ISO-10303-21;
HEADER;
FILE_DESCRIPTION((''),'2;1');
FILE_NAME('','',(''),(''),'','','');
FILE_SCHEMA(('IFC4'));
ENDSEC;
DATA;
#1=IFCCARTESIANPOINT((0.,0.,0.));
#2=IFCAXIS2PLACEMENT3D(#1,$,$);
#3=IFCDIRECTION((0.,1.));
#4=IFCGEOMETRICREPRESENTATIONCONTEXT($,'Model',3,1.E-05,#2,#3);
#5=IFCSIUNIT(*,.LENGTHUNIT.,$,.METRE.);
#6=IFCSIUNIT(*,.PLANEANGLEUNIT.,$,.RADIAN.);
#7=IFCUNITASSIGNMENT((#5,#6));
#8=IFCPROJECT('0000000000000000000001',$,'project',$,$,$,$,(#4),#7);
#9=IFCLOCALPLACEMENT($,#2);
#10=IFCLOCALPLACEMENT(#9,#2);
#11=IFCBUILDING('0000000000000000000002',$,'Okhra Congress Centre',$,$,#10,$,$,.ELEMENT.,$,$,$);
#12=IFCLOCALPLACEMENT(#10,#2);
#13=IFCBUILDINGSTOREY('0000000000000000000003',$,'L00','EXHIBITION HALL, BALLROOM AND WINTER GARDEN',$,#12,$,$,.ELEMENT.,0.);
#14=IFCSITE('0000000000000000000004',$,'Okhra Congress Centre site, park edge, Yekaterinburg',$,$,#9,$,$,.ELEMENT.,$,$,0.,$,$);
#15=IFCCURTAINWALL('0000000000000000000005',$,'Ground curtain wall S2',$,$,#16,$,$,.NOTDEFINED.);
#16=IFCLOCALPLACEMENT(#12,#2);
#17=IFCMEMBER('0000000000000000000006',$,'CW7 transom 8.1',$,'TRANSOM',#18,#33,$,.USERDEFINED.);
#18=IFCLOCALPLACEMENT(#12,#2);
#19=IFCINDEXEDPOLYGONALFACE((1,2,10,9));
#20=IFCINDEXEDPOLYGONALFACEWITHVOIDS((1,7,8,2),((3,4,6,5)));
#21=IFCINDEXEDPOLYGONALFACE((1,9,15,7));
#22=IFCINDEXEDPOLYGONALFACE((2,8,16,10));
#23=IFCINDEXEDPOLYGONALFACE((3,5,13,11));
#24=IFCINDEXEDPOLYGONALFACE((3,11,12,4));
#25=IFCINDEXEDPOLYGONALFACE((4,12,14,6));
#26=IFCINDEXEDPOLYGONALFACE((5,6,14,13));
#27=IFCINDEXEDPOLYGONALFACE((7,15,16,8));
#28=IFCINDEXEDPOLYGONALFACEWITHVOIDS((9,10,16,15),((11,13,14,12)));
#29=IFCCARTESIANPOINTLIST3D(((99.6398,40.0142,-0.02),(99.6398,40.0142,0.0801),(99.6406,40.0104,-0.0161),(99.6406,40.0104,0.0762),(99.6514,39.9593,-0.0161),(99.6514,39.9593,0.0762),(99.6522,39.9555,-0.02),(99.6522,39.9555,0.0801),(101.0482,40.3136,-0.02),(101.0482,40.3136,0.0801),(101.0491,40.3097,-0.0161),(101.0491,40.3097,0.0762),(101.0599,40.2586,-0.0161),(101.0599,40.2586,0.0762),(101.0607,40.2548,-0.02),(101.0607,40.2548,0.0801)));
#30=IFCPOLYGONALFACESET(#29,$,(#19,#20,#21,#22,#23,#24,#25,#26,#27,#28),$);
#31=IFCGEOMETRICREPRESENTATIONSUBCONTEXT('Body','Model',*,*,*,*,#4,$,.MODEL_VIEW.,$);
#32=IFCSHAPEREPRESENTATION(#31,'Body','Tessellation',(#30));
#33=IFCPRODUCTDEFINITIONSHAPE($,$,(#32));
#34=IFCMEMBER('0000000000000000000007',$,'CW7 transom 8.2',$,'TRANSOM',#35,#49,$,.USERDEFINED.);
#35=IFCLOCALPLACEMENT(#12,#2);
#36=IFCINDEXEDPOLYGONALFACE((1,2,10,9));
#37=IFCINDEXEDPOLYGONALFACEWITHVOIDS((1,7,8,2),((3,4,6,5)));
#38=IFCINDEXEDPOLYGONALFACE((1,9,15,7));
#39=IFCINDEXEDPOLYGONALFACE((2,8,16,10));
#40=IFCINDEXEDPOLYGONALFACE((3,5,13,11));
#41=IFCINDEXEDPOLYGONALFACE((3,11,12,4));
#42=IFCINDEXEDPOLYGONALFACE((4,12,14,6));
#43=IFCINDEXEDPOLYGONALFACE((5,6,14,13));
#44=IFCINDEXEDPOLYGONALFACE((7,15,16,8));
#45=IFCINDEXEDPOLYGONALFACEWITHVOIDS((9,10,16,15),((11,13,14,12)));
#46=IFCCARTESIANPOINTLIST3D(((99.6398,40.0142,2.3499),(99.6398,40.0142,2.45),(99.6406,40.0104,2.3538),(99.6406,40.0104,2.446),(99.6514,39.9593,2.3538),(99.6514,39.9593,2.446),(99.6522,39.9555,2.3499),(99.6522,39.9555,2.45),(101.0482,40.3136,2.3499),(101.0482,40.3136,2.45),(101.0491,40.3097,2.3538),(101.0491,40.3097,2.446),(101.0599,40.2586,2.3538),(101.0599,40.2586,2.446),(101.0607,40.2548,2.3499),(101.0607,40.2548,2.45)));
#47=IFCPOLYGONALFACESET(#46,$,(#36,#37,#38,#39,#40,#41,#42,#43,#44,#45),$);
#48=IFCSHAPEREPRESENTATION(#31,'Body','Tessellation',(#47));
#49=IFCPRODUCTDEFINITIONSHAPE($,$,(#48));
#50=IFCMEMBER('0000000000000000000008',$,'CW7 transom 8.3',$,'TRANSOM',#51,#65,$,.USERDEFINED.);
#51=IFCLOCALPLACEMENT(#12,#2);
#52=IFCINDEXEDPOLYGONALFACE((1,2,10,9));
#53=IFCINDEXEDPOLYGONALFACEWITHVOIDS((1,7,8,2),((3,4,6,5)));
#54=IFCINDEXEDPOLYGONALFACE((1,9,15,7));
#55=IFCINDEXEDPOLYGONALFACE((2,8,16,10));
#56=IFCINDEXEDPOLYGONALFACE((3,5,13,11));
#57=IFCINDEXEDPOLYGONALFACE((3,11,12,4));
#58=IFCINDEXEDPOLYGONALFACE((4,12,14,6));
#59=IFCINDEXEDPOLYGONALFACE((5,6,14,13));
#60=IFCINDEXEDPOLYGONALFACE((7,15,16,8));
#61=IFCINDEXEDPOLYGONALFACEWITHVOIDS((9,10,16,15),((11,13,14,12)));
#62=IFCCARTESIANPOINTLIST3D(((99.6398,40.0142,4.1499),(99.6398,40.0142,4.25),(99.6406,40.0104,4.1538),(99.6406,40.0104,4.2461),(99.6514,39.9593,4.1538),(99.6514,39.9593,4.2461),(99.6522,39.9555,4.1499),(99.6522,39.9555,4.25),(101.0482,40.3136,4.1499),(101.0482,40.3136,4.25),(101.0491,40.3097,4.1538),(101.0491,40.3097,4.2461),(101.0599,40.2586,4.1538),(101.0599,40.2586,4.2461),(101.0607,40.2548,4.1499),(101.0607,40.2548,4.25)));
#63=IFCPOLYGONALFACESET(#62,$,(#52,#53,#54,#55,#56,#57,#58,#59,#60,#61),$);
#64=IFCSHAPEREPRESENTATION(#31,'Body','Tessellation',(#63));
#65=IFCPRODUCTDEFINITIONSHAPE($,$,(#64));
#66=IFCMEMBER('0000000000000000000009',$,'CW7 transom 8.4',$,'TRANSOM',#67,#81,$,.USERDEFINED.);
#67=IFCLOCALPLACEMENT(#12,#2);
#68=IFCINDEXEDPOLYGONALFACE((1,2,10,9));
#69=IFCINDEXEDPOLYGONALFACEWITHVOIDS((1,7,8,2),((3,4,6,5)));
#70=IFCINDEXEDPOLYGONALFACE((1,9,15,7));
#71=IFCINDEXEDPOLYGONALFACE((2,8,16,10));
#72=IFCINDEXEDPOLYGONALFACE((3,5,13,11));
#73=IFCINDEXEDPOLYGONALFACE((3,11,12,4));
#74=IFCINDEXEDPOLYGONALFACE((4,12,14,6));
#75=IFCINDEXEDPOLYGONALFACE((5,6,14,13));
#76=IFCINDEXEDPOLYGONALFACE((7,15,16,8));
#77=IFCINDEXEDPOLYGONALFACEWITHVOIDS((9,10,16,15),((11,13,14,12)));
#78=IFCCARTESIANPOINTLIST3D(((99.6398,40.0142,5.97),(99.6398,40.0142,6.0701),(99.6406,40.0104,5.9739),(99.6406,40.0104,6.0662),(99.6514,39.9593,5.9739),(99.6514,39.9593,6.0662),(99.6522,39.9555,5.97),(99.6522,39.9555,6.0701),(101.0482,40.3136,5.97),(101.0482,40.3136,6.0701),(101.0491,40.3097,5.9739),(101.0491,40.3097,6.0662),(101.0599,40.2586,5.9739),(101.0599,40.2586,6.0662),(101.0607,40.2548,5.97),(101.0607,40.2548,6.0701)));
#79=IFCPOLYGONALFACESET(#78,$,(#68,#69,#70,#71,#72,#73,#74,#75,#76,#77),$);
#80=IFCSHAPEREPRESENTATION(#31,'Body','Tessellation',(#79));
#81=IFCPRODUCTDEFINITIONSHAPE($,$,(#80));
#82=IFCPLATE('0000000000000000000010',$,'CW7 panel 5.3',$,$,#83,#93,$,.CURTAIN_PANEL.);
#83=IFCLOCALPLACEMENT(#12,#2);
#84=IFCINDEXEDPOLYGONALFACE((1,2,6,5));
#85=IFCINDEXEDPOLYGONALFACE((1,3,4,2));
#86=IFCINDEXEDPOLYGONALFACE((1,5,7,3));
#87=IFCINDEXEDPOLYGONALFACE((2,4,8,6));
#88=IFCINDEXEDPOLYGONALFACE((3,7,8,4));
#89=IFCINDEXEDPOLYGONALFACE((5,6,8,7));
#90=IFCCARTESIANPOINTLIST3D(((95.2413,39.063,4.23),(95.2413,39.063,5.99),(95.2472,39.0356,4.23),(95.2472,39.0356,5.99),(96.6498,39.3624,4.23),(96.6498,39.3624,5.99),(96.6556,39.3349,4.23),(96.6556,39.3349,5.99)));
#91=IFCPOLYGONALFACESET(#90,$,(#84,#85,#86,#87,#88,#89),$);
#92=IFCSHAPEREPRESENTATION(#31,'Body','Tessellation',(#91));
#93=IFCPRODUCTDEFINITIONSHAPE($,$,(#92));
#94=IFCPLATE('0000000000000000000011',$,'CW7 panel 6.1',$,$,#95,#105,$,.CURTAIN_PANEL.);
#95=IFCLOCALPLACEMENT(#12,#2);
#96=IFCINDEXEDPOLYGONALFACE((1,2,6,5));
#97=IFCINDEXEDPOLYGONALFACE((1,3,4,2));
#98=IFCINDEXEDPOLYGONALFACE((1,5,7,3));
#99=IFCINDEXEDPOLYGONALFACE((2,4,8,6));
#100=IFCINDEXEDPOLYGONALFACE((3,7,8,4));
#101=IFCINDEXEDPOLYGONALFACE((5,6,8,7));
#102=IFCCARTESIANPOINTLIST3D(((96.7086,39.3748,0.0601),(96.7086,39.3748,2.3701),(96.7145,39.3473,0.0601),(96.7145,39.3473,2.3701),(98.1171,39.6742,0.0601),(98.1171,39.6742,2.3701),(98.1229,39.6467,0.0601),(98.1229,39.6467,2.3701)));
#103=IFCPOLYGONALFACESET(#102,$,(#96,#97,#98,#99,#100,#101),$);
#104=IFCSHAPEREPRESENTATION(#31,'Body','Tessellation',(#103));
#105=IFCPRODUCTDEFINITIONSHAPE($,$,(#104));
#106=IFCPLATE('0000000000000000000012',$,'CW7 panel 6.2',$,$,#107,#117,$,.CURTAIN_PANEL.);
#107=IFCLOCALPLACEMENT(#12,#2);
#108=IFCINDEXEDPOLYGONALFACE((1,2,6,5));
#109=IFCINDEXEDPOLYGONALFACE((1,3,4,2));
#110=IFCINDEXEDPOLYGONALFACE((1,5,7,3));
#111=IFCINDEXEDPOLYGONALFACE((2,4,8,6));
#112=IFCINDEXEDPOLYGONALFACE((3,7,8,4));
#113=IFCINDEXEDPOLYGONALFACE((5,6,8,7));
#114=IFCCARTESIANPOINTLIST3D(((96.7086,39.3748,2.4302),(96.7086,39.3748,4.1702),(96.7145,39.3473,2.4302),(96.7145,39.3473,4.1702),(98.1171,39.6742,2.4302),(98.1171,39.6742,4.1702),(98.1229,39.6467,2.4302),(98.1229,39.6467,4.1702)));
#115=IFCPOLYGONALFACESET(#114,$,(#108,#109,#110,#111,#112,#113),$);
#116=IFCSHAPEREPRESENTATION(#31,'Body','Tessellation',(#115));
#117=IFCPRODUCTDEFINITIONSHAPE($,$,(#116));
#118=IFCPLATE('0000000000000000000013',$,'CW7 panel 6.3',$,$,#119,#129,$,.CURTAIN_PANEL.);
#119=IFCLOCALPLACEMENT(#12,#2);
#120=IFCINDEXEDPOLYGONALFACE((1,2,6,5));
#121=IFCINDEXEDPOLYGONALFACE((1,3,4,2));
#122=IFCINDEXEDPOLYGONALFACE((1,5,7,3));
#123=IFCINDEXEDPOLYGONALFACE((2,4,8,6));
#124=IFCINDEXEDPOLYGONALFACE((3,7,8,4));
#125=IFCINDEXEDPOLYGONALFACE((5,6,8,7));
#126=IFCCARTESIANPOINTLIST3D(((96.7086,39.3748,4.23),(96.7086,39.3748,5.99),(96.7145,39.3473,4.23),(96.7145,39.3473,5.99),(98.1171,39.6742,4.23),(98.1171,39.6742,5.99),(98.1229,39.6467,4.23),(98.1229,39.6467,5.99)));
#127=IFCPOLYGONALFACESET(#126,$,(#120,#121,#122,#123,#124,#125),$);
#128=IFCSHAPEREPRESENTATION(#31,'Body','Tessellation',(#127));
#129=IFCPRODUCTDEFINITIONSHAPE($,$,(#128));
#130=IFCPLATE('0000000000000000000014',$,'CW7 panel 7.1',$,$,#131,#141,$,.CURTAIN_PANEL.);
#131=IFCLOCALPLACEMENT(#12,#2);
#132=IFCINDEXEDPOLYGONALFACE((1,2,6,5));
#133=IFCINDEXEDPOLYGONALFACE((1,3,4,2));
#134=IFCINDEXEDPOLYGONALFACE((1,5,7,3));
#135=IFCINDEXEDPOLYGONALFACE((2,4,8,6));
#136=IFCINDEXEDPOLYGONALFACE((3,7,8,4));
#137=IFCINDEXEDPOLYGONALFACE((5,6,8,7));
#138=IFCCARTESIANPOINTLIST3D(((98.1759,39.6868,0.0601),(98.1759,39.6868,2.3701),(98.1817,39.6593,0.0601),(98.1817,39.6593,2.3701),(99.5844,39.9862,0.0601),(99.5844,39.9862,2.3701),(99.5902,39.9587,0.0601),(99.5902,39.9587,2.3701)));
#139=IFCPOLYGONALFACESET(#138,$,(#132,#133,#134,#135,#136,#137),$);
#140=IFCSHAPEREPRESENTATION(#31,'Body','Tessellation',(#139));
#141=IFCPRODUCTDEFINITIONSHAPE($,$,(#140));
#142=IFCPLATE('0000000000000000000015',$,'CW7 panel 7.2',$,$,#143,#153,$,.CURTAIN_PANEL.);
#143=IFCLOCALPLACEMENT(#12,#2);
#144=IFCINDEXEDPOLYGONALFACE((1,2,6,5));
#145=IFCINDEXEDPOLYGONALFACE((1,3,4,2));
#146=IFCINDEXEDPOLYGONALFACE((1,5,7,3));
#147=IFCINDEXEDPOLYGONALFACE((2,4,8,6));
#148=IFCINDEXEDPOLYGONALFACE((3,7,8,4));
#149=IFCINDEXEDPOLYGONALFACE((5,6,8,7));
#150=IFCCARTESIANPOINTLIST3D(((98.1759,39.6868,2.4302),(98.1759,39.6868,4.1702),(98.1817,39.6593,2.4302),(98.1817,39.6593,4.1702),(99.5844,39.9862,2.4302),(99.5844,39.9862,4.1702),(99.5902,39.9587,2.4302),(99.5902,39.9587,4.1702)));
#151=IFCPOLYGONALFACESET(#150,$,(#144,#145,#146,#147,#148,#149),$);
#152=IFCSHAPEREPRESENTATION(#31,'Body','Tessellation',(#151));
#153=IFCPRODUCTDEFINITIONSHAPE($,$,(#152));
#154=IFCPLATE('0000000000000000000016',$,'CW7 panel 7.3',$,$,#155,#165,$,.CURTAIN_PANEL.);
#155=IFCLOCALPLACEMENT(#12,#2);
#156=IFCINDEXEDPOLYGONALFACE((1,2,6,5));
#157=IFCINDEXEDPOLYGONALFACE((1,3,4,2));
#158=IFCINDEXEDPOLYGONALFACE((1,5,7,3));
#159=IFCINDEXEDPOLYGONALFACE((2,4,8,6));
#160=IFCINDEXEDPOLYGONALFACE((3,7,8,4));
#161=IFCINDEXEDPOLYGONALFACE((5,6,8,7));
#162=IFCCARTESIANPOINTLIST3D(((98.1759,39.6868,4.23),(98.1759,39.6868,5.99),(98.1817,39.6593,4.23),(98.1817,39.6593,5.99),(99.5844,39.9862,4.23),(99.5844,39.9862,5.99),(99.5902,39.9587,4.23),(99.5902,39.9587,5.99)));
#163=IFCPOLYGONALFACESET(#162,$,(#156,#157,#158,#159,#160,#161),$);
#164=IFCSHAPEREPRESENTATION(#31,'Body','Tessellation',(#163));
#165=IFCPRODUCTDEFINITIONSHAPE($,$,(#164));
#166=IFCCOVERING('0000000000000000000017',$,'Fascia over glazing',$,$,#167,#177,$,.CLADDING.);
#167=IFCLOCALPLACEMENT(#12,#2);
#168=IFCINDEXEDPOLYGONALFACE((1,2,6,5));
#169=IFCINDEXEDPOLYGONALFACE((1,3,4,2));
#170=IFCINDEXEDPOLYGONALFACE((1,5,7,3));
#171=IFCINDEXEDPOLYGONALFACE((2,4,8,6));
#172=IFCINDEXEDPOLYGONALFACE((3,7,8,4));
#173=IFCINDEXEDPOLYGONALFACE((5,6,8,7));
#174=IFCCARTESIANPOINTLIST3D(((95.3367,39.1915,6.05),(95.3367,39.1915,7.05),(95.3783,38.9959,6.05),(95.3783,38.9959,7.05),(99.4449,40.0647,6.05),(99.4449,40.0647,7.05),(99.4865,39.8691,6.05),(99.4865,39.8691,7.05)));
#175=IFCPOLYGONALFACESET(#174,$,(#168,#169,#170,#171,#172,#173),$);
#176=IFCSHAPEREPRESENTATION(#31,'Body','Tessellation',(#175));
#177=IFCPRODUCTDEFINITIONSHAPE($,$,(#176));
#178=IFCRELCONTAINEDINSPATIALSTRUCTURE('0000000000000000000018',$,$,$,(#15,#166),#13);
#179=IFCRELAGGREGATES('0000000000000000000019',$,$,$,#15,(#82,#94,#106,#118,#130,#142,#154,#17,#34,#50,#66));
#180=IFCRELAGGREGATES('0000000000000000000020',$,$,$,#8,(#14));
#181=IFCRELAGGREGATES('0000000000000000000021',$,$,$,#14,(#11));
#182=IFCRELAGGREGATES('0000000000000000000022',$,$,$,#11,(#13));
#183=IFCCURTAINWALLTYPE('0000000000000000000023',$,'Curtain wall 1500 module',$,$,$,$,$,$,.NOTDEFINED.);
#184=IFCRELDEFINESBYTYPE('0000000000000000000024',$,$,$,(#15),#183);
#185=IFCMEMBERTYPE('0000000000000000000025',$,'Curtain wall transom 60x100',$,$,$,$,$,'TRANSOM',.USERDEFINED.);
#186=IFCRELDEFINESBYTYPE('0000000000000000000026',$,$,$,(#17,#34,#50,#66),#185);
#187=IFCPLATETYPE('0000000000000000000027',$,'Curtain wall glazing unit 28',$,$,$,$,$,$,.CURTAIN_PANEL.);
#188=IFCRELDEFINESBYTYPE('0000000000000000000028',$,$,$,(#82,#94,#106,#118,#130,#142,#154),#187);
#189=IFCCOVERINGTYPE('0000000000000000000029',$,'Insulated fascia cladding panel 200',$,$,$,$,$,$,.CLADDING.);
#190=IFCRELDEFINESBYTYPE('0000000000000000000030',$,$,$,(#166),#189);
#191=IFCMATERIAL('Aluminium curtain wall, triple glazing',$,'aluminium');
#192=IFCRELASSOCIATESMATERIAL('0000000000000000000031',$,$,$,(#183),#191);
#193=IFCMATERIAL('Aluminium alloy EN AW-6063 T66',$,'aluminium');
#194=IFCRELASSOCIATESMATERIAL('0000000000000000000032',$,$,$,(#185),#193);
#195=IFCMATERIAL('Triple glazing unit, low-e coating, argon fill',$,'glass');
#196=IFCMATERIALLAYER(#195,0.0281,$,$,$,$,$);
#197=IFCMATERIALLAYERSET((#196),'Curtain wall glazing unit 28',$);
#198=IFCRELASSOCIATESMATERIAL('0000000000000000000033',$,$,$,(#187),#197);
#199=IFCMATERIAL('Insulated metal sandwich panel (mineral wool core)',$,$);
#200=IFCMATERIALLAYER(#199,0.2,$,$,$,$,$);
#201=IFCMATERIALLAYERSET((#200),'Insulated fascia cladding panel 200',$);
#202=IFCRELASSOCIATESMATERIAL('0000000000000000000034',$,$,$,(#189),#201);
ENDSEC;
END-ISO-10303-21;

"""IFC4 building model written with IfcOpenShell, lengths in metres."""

from ifc_helpers import new_model, si_unit, direction, frame, origin, origin_2d, place, context, subcontext, project, spatial, rectangle, hollow_rectangle, extrude, material, layer, layer_set, material_profile, profile_set, type_object, element, aggregate, save


model = new_model("IFC4")

# Units and contexts
model_context = context("Model", 3, precision=1e-05, world=origin(), true_north=direction((0.0, 1.0)))
body_context = subcontext(model_context, "Body", "Model", "MODEL_VIEW")
ifc_project = project(units=[si_unit("LENGTHUNIT", "METRE"), si_unit("PLANEANGLEUNIT", "RADIAN")], contexts=[model_context])

# Site, building, storey
site_placement = place(None, origin())
site = spatial("IfcSite", under=ifc_project, at=site_placement, Name="Okhra Congress Centre site, park edge, Yekaterinburg", CompositionType="ELEMENT", RefElevation=0.0)
building_placement = place(site_placement, origin())
building = spatial("IfcBuilding", under=site, at=building_placement, Name="Okhra Congress Centre", CompositionType="ELEMENT")
storey_placement = place(building_placement, origin())
storey = spatial("IfcBuildingStorey", under=building, at=storey_placement, Name="L00", Description="EXHIBITION HALL, BALLROOM AND WINTER GARDEN", CompositionType="ELEMENT", Elevation=0.0)

# Curtain wall, members, plates
ifc_material_1 = material(Name="Aluminium curtain wall, triple glazing", Category="aluminium")
curtain_wall_type = type_object("IfcCurtainWallType", Name="Curtain wall 1500 module", PredefinedType="NOTDEFINED", material=ifc_material_1)
curtain_wall_placement = place(storey_placement, origin())
curtain_wall = element("IfcCurtainWall", 1, at=curtain_wall_placement, inside=storey, type_object=curtain_wall_type, Name="Ground curtain wall S2", PredefinedType="NOTDEFINED")
ifc_material_2 = material(Name="Aluminium alloy EN AW-6063 T66", Category="aluminium")
ifc_material_profile_1 = material_profile(ifc_material_2, hollow_rectangle(XDim=0.0601, YDim=0.1001, WallThickness=0.0039, at=origin_2d()), Name="RHS 60x100x4")
ifc_profile_set_1 = profile_set([ifc_material_profile_1], Name="Aluminium alloy EN AW-6063 T66")
member_type_1 = type_object("IfcMemberType", Name="Curtain wall transom 60x100", ElementType="TRANSOM", PredefinedType="USERDEFINED", material=ifc_profile_set_1)
member_1_placement = place(storey_placement, frame((99.646, 39.9849, 0.03), z_axis=(0.978156, 0.207873, 0.0), x_axis=(-0.207873, 0.978156, 0.0)))
member_1 = element("IfcMember", 2, at=member_1_placement, type_object=member_type_1, Name="CW7 transom 8.1", ObjectType="TRANSOM", PredefinedType="USERDEFINED", context=body_context, shape_type="SweptSolid", body=[
    extrude(hollow_rectangle(XDim=0.0601, YDim=0.1001, WallThickness=0.0039, at=origin_2d()), origin(), (0.0, 0.0, 1.0), 1.4399),
])
member_2_placement = place(storey_placement, frame((99.646, 39.9849, 2.3999), z_axis=(0.978156, 0.207873, 0.0), x_axis=(-0.207873, 0.978156, 0.0)))
member_2 = element("IfcMember", 3, at=member_2_placement, type_object=member_type_1, Name="CW7 transom 8.2", ObjectType="TRANSOM", PredefinedType="USERDEFINED", context=body_context, shape_type="SweptSolid", body=[
    extrude(hollow_rectangle(XDim=0.0601, YDim=0.1001, WallThickness=0.0039, at=origin_2d()), origin(), (0.0, 0.0, 1.0), 1.4399),
])
member_3_placement = place(storey_placement, frame((99.646, 39.9849, 4.2), z_axis=(0.978156, 0.207873, 0.0), x_axis=(-0.207873, 0.978156, 0.0)))
member_3 = element("IfcMember", 4, at=member_3_placement, type_object=member_type_1, Name="CW7 transom 8.3", ObjectType="TRANSOM", PredefinedType="USERDEFINED", context=body_context, shape_type="SweptSolid", body=[
    extrude(hollow_rectangle(XDim=0.0601, YDim=0.1001, WallThickness=0.0039, at=origin_2d()), origin(), (0.0, 0.0, 1.0), 1.4399),
])
member_4_placement = place(storey_placement, frame((99.646, 39.9849, 6.02), z_axis=(0.978156, 0.207873, 0.0), x_axis=(-0.207873, 0.978156, 0.0)))
member_4 = element("IfcMember", 5, at=member_4_placement, type_object=member_type_1, Name="CW7 transom 8.4", ObjectType="TRANSOM", PredefinedType="USERDEFINED", context=body_context, shape_type="SweptSolid", body=[
    extrude(hollow_rectangle(XDim=0.0601, YDim=0.1001, WallThickness=0.0039, at=origin_2d()), origin(), (0.0, 0.0, 1.0), 1.4399),
])
ifc_material_3 = material(Name="Triple glazing unit, low-e coating, argon fill", Category="glass")
ifc_layer_1 = layer(ifc_material_3, 0.0281)
ifc_layer_set_1 = layer_set([ifc_layer_1], Name="Curtain wall glazing unit 28")
plate_type = type_object("IfcPlateType", Name="Curtain wall glazing unit 28", PredefinedType="CURTAIN_PANEL", material=ifc_layer_set_1)
plate_1_placement = place(storey_placement, frame((95.9485, 39.199, 4.23), z_axis=(0.0, 0.0, 1.0), x_axis=(0.978148, 0.207912, 0.0)))
plate_1 = element("IfcPlate", 6, at=plate_1_placement, type_object=plate_type, Name="CW7 panel 5.3", PredefinedType="CURTAIN_PANEL", context=body_context, shape_type="SweptSolid", body=[
    extrude(rectangle(XDim=1.4399, YDim=0.0281, at=origin_2d()), origin(), (0.0, 0.0, 1.0), 1.76),
])
plate_2_placement = place(storey_placement, frame((97.4158, 39.5107, 0.0601), z_axis=(0.0, 0.0, 1.0), x_axis=(0.978148, 0.207912, 0.0)))
plate_2 = element("IfcPlate", 7, at=plate_2_placement, type_object=plate_type, Name="CW7 panel 6.1", PredefinedType="CURTAIN_PANEL", context=body_context, shape_type="SweptSolid", body=[
    extrude(rectangle(XDim=1.4399, YDim=0.0281, at=origin_2d()), origin(), (0.0, 0.0, 1.0), 2.3101),
])
plate_3_placement = place(storey_placement, frame((97.4158, 39.5107, 2.4302), z_axis=(0.0, 0.0, 1.0), x_axis=(0.978148, 0.207912, 0.0)))
plate_3 = element("IfcPlate", 8, at=plate_3_placement, type_object=plate_type, Name="CW7 panel 6.2", PredefinedType="CURTAIN_PANEL", context=body_context, shape_type="SweptSolid", body=[
    extrude(rectangle(XDim=1.4399, YDim=0.0281, at=origin_2d()), origin(), (0.0, 0.0, 1.0), 1.74),
])
plate_4_placement = place(storey_placement, frame((97.4158, 39.5107, 4.23), z_axis=(0.0, 0.0, 1.0), x_axis=(0.978148, 0.207912, 0.0)))
plate_4 = element("IfcPlate", 9, at=plate_4_placement, type_object=plate_type, Name="CW7 panel 6.3", PredefinedType="CURTAIN_PANEL", context=body_context, shape_type="SweptSolid", body=[
    extrude(rectangle(XDim=1.4399, YDim=0.0281, at=origin_2d()), origin(), (0.0, 0.0, 1.0), 1.76),
])
plate_5_placement = place(storey_placement, frame((98.8831, 39.8228, 0.0601), z_axis=(0.0, 0.0, 1.0), x_axis=(0.978148, 0.207912, 0.0)))
plate_5 = element("IfcPlate", 10, at=plate_5_placement, type_object=plate_type, Name="CW7 panel 7.1", PredefinedType="CURTAIN_PANEL", context=body_context, shape_type="SweptSolid", body=[
    extrude(rectangle(XDim=1.4399, YDim=0.0281, at=origin_2d()), origin(), (0.0, 0.0, 1.0), 2.3101),
])
plate_6_placement = place(storey_placement, frame((98.8831, 39.8228, 2.4302), z_axis=(0.0, 0.0, 1.0), x_axis=(0.978148, 0.207912, 0.0)))
plate_6 = element("IfcPlate", 11, at=plate_6_placement, type_object=plate_type, Name="CW7 panel 7.2", PredefinedType="CURTAIN_PANEL", context=body_context, shape_type="SweptSolid", body=[
    extrude(rectangle(XDim=1.4399, YDim=0.0281, at=origin_2d()), origin(), (0.0, 0.0, 1.0), 1.74),
])
plate_7_placement = place(storey_placement, frame((98.8831, 39.8228, 4.23), z_axis=(0.0, 0.0, 1.0), x_axis=(0.978148, 0.207912, 0.0)))
plate_7 = element("IfcPlate", 12, at=plate_7_placement, type_object=plate_type, Name="CW7 panel 7.3", PredefinedType="CURTAIN_PANEL", context=body_context, shape_type="SweptSolid", body=[
    extrude(rectangle(XDim=1.4399, YDim=0.0281, at=origin_2d()), origin(), (0.0, 0.0, 1.0), 1.76),
])
aggregate(curtain_wall, [plate_1, plate_2, plate_3, plate_4, plate_5, plate_6, plate_7, member_1, member_2, member_3, member_4])

# Covering
ifc_material_4 = material(Name="Insulated metal sandwich panel (mineral wool core)")
ifc_layer_2 = layer(ifc_material_4, 0.2)
ifc_layer_set_2 = layer_set([ifc_layer_2], Name="Insulated fascia cladding panel 200")
covering_type = type_object("IfcCoveringType", Name="Insulated fascia cladding panel 200", PredefinedType="CLADDING", material=ifc_layer_set_2)
covering_placement = place(storey_placement, frame((97.4116, 39.5303, 6.05), z_axis=(0.0, 0.0, 1.0), x_axis=(0.978148, 0.207912, 0.0)))
element("IfcCovering", 13, at=covering_placement, inside=storey, type_object=covering_type, Name="Fascia over glazing", PredefinedType="CLADDING", context=body_context, shape_type="SweptSolid", body=[
    extrude(rectangle(XDim=4.2, YDim=0.2, at=origin_2d()), origin(), (0.0, 0.0, 1.0), 1.0),
])

save(model, "model.ifc")
